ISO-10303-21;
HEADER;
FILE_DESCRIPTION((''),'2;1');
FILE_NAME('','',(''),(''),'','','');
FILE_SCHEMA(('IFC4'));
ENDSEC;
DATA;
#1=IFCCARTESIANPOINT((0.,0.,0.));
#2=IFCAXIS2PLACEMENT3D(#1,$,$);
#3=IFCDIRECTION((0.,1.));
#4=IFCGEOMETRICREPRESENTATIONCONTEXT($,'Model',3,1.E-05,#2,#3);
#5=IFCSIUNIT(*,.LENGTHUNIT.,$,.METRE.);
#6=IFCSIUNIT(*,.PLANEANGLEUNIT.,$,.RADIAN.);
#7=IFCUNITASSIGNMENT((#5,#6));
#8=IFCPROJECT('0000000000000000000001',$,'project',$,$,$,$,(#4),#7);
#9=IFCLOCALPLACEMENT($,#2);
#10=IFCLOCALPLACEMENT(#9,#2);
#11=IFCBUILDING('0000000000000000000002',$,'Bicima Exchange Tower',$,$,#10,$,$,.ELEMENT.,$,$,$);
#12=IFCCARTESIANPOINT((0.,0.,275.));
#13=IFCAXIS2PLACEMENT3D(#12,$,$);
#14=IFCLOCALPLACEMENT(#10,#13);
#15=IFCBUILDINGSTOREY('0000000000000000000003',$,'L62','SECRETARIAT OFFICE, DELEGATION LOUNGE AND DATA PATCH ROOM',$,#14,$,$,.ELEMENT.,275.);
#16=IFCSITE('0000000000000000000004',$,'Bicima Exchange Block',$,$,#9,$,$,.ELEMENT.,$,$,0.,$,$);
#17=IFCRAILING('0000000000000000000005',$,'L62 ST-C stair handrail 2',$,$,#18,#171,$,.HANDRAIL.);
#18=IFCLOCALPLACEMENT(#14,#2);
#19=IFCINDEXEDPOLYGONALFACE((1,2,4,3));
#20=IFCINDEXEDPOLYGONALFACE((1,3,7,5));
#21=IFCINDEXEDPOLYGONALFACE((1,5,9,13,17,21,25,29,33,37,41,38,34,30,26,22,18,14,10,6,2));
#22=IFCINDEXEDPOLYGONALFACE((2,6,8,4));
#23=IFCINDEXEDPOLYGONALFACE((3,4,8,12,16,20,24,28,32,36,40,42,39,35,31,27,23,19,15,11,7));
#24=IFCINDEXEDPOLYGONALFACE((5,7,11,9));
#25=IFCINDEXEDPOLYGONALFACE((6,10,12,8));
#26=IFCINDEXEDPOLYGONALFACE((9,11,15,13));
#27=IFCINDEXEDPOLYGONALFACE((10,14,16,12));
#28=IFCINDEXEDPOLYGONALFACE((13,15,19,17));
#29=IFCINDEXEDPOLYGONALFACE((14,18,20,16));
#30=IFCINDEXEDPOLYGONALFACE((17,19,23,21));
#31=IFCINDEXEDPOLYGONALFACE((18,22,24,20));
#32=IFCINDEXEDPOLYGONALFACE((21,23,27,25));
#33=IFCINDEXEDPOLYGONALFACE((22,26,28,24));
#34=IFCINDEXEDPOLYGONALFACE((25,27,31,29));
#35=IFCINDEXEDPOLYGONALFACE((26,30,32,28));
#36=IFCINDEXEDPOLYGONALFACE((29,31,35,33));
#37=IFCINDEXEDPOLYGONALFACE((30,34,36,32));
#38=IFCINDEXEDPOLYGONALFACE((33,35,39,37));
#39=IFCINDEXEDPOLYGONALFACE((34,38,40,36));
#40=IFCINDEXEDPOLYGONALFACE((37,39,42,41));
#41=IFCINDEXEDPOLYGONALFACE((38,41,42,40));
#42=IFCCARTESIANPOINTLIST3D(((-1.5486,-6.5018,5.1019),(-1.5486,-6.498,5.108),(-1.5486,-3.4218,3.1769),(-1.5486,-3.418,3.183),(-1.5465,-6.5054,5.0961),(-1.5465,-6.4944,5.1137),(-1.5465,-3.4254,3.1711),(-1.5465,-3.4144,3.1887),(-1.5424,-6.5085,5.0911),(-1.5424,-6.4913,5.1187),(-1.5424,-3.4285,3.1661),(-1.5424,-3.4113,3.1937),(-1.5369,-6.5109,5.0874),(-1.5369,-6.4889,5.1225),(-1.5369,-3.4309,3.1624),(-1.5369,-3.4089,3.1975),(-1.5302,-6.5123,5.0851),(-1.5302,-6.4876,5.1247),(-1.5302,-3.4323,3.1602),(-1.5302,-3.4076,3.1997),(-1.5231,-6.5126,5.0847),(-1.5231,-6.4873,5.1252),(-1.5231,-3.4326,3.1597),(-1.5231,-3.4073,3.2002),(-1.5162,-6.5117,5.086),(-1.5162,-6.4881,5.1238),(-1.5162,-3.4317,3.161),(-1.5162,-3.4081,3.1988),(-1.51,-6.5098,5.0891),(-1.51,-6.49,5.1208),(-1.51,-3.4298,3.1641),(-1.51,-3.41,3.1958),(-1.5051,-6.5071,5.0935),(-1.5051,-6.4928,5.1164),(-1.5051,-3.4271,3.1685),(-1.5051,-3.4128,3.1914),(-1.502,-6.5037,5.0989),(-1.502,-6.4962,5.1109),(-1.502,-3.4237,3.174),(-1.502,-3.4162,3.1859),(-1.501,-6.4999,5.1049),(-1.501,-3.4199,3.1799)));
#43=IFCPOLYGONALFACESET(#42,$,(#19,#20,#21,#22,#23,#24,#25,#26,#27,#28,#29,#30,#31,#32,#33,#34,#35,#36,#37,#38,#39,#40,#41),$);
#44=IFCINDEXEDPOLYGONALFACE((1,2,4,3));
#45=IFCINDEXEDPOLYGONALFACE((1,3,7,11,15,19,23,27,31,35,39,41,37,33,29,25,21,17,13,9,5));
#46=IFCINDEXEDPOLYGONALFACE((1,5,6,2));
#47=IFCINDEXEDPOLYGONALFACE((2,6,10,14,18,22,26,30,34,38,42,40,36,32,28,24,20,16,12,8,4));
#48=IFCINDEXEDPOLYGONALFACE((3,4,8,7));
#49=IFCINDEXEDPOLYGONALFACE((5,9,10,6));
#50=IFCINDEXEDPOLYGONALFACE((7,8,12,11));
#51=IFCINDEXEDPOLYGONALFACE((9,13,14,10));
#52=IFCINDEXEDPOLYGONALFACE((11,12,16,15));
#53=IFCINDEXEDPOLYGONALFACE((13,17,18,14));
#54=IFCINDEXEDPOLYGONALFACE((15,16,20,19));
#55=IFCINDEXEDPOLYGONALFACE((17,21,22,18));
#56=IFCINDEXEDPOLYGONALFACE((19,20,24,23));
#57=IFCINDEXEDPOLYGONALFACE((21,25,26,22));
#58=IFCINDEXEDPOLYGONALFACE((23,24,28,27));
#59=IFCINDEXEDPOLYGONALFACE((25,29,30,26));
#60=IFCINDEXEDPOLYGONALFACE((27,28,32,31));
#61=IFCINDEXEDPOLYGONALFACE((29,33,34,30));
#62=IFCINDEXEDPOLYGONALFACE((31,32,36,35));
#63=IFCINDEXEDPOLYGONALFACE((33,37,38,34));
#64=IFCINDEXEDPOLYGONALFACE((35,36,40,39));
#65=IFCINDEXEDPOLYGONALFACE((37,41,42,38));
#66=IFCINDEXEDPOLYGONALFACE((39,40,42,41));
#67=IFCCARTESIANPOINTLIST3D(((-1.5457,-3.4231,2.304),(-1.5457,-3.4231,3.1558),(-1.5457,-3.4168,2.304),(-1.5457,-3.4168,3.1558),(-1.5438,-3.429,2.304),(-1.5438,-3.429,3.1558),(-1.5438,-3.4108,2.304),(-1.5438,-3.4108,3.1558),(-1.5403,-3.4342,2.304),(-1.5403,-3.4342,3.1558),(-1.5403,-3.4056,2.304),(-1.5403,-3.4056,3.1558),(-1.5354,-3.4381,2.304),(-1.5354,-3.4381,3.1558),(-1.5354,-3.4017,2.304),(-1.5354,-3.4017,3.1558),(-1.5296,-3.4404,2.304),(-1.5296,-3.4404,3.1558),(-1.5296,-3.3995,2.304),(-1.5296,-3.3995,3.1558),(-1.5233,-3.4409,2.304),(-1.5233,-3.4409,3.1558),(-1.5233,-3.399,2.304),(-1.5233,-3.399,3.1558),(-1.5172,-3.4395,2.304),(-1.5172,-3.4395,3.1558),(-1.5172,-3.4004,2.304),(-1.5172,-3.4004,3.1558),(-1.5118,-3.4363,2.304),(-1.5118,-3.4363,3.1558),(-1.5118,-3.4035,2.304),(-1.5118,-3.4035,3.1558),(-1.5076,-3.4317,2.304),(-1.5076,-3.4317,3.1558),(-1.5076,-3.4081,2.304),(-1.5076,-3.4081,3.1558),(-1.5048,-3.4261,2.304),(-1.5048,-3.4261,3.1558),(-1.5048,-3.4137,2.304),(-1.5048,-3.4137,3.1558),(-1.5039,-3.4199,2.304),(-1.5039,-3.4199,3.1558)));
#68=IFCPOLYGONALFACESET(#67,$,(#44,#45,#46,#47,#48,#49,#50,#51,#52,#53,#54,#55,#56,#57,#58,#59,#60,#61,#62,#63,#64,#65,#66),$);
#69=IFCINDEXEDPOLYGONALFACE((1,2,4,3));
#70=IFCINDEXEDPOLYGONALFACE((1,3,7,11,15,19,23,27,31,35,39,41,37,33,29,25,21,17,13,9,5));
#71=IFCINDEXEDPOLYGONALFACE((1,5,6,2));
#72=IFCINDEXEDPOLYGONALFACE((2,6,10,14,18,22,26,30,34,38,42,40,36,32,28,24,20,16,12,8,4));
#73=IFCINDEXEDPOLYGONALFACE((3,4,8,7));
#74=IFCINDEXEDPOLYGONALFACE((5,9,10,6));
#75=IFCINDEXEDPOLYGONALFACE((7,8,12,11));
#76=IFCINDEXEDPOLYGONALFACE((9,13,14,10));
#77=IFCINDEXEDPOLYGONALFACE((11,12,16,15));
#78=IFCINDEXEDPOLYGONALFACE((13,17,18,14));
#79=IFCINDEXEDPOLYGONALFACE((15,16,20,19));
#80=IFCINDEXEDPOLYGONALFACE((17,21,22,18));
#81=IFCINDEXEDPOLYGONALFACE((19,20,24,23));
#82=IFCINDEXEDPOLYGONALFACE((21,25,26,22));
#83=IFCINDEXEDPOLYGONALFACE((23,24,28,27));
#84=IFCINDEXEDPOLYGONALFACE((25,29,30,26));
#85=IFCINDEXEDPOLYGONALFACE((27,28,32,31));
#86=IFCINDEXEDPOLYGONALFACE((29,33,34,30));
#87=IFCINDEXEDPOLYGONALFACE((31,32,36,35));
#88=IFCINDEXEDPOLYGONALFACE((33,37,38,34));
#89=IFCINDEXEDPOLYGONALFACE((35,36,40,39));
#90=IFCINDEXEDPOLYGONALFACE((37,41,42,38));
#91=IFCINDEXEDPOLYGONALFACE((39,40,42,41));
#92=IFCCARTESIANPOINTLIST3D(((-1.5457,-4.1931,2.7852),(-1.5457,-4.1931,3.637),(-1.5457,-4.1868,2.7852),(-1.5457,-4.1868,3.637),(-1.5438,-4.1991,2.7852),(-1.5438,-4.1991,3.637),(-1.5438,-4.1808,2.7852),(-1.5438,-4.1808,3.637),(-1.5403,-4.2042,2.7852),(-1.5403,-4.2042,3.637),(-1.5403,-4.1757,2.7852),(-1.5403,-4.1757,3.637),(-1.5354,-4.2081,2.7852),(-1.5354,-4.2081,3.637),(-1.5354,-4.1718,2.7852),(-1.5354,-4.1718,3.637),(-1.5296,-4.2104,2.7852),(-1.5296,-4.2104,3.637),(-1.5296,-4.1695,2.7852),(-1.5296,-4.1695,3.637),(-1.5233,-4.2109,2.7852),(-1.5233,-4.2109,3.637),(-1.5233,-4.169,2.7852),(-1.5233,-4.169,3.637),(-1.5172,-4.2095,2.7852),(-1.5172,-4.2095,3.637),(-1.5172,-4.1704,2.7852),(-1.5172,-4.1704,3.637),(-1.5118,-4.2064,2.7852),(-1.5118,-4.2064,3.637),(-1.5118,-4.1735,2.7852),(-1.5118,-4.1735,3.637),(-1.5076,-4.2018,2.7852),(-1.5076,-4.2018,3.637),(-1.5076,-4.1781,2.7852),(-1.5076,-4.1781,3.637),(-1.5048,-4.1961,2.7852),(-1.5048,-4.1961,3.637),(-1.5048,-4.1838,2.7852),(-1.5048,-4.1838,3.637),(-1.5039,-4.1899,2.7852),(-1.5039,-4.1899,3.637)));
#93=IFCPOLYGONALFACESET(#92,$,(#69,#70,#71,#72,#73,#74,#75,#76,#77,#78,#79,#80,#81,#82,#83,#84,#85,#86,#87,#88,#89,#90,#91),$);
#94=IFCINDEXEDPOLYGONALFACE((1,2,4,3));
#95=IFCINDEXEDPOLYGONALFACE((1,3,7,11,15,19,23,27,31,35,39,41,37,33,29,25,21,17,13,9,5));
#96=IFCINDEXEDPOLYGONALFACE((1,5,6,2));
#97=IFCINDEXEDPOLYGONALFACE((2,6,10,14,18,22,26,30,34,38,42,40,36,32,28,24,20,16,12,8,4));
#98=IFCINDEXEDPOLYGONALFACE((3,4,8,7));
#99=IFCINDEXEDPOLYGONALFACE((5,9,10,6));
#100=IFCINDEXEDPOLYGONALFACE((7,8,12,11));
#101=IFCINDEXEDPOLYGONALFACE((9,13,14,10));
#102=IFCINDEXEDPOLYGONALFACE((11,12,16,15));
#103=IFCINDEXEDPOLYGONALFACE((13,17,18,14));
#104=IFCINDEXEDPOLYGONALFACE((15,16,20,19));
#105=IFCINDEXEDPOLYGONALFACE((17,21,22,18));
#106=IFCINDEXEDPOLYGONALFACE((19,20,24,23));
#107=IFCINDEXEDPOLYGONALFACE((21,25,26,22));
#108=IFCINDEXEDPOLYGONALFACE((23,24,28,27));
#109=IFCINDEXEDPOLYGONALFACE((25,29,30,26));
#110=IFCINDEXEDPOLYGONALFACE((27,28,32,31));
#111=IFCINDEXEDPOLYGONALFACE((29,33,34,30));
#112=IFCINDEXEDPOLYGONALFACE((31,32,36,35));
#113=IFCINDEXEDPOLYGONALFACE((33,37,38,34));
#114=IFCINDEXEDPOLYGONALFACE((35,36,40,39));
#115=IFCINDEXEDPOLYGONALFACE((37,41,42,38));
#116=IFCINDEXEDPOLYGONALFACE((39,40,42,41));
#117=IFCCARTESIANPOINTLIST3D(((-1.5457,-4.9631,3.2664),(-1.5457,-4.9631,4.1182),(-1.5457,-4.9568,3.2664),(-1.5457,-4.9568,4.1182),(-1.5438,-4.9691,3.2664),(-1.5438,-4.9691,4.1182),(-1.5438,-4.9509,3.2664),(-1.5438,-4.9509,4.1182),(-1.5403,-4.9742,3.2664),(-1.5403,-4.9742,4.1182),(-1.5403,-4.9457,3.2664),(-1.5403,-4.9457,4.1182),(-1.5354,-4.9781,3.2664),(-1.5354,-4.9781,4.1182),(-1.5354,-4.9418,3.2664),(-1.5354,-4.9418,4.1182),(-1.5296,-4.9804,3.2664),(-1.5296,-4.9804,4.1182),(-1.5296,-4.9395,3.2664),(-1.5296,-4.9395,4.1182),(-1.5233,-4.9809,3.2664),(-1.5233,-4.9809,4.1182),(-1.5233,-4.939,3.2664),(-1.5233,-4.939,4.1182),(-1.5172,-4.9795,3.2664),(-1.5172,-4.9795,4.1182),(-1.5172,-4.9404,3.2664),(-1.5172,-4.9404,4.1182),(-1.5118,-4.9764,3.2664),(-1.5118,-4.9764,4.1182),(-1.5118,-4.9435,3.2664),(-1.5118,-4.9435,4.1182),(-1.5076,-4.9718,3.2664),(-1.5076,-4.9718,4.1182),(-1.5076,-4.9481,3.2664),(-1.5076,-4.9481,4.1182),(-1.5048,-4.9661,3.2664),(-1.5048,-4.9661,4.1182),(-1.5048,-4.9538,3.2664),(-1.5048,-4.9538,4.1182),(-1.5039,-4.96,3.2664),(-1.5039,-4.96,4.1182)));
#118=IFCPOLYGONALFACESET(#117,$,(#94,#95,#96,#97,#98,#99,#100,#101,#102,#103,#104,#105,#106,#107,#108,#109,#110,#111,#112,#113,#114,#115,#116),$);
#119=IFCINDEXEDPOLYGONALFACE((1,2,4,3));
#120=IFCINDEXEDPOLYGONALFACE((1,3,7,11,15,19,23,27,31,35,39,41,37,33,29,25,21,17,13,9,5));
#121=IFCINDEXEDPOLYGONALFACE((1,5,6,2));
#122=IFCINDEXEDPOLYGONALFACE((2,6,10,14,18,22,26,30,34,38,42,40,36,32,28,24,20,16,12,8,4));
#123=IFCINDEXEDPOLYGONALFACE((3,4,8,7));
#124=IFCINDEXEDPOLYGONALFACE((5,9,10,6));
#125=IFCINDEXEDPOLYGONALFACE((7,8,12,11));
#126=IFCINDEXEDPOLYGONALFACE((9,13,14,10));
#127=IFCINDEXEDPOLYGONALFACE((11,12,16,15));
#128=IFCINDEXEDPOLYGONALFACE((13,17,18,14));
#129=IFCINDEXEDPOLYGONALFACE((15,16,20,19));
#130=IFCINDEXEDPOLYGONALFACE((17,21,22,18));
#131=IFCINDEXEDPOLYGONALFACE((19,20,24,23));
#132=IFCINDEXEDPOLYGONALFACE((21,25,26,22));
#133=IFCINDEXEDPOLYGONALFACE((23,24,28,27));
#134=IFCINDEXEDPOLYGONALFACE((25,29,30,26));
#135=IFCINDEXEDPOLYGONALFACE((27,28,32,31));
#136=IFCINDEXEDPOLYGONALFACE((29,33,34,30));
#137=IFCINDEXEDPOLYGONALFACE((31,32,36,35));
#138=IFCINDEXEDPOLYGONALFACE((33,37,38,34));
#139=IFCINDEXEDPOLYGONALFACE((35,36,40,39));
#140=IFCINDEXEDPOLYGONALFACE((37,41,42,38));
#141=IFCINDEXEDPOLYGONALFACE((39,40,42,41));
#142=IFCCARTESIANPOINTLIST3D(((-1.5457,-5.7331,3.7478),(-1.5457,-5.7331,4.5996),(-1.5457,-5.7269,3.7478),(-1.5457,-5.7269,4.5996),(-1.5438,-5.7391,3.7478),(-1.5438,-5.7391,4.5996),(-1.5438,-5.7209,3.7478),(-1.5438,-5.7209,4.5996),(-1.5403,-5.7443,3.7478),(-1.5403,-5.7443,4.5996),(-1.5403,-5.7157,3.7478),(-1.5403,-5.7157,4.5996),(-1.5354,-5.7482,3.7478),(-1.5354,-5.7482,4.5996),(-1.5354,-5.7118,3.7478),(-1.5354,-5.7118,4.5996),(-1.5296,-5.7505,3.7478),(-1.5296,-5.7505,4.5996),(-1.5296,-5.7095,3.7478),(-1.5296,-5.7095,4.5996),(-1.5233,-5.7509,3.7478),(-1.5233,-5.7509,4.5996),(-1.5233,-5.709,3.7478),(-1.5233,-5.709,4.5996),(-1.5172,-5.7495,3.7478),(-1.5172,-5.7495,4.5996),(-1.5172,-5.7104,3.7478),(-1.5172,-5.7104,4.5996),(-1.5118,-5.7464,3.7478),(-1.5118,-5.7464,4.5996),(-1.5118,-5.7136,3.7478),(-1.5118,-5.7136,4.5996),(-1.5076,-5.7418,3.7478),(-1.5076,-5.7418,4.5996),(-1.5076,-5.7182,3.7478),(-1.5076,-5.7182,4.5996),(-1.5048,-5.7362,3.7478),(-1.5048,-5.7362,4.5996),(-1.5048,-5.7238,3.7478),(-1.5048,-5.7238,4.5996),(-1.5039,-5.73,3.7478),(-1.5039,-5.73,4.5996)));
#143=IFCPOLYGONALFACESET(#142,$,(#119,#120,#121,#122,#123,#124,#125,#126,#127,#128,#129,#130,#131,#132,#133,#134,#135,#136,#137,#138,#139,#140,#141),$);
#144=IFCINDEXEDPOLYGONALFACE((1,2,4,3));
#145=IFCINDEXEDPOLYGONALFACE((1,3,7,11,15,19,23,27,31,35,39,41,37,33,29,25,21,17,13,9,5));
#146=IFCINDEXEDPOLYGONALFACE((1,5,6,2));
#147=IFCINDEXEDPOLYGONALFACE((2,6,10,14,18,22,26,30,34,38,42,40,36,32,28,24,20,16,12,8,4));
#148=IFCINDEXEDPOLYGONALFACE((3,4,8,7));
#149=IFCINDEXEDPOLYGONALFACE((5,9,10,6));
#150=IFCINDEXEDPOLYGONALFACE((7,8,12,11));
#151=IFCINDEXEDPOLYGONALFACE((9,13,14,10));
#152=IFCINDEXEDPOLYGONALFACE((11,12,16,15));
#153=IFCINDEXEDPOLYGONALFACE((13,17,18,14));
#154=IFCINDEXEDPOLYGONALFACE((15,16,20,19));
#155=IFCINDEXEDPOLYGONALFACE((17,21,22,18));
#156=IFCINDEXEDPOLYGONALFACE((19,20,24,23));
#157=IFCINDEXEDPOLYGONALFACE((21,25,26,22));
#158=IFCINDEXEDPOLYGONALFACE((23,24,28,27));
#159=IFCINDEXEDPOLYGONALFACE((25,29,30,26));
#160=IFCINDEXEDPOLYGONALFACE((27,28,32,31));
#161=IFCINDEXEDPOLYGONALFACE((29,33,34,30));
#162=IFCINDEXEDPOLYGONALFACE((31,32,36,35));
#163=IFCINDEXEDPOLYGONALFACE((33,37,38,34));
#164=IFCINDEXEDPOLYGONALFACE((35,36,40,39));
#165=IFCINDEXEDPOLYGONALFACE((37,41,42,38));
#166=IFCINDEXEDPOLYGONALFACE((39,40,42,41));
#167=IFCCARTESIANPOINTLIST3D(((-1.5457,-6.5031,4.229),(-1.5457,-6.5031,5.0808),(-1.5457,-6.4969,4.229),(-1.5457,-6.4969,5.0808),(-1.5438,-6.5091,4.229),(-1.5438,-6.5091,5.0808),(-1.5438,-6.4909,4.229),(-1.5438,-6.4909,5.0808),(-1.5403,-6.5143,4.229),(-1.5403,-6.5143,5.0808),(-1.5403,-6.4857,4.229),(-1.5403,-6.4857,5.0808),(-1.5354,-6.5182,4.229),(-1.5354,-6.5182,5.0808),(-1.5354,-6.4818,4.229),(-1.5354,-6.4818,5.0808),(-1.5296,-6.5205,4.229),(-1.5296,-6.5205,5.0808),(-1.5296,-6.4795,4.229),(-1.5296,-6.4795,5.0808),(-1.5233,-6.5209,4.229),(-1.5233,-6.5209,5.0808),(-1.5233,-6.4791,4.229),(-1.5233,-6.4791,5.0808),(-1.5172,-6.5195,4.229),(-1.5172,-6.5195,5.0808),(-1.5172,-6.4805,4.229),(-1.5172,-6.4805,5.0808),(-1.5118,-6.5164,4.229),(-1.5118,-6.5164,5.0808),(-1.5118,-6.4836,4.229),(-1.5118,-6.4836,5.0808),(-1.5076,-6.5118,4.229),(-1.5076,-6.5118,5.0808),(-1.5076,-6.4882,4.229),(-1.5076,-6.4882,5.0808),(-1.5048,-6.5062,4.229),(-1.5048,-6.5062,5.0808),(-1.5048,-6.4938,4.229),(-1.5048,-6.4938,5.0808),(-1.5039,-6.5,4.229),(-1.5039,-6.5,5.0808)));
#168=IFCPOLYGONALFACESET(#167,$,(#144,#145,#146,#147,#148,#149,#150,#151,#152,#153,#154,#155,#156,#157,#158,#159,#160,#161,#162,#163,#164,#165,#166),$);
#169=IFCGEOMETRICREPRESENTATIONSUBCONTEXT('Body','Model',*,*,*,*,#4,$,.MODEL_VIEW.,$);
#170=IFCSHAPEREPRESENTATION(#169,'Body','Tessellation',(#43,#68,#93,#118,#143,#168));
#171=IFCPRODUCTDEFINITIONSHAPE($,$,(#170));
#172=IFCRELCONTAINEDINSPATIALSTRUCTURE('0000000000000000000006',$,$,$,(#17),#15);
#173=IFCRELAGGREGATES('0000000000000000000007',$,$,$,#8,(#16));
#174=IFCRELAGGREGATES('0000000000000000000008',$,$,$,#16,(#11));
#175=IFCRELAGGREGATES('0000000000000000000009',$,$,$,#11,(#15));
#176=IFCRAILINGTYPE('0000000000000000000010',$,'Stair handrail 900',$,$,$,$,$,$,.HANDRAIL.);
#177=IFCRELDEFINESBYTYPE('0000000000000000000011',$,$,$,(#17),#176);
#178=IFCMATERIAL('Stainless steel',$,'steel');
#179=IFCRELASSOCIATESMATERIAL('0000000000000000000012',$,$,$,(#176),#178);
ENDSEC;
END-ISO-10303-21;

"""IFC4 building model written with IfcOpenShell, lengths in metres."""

from ifc_helpers import new_model, si_unit, direction, frame, origin, origin_2d, place, context, subcontext, project, spatial, circle, extrude, material, type_object, element, save


model = new_model("IFC4")

# Units and contexts
model_context = context("Model", 3, precision=1e-05, world=origin(), true_north=direction((0.0, 1.0)))
body_context = subcontext(model_context, "Body", "Model", "MODEL_VIEW")
ifc_project = project(units=[si_unit("LENGTHUNIT", "METRE"), si_unit("PLANEANGLEUNIT", "RADIAN")], contexts=[model_context])

# Site, building, storey
site_placement = place(None, origin())
site = spatial("IfcSite", under=ifc_project, at=site_placement, Name="Bicima Exchange Block", CompositionType="ELEMENT", RefElevation=0.0)
building_placement = place(site_placement, origin())
building = spatial("IfcBuilding", under=site, at=building_placement, Name="Bicima Exchange Tower", CompositionType="ELEMENT")
storey_placement = place(building_placement, frame((0.0, 0.0, 275.0)))
storey = spatial("IfcBuildingStorey", under=building, at=storey_placement, Name="L62", Description="SECRETARIAT OFFICE, DELEGATION LOUNGE AND DATA PATCH ROOM", CompositionType="ELEMENT", Elevation=275.0)

# Railing
ifc_material_1 = material(Name="Stainless steel", Category="steel")
railing_type = type_object("IfcRailingType", Name="Stair handrail 900", PredefinedType="HANDRAIL", material=ifc_material_1)
railing_placement = place(storey_placement, frame((-1.5249, -3.4199, 2.304)))
element("IfcRailing", 1, at=railing_placement, inside=storey, type_object=railing_type, Name="L62 ST-C stair handrail 2", PredefinedType="HANDRAIL", context=body_context, shape_type="SweptSolid", body=[
    extrude(circle(Radius=0.0239, at=origin_2d()), frame((0.0, 0.0, 0.876), z_axis=(0.0, -0.847998, 0.529999), x_axis=(1.0, 0.0, 0.0)), (0.0, 0.0, 1.0), 3.6321),
    extrude(circle(Radius=0.021, at=origin_2d()), origin(), (0.0, 0.0, 1.0), 0.8518),
    extrude(circle(Radius=0.021, at=origin_2d()), frame((0.0, -0.77, 0.4812)), (0.0, 0.0, 1.0), 0.8518),
    extrude(circle(Radius=0.021, at=origin_2d()), frame((0.0, -1.54, 0.9624)), (0.0, 0.0, 1.0), 0.8518),
    extrude(circle(Radius=0.021, at=origin_2d()), frame((0.0, -2.3101, 1.4438)), (0.0, 0.0, 1.0), 0.8518),
    extrude(circle(Radius=0.021, at=origin_2d()), frame((0.0, -3.0801, 1.925)), (0.0, 0.0, 1.0), 0.8518),
])

save(model, "model.ifc")
